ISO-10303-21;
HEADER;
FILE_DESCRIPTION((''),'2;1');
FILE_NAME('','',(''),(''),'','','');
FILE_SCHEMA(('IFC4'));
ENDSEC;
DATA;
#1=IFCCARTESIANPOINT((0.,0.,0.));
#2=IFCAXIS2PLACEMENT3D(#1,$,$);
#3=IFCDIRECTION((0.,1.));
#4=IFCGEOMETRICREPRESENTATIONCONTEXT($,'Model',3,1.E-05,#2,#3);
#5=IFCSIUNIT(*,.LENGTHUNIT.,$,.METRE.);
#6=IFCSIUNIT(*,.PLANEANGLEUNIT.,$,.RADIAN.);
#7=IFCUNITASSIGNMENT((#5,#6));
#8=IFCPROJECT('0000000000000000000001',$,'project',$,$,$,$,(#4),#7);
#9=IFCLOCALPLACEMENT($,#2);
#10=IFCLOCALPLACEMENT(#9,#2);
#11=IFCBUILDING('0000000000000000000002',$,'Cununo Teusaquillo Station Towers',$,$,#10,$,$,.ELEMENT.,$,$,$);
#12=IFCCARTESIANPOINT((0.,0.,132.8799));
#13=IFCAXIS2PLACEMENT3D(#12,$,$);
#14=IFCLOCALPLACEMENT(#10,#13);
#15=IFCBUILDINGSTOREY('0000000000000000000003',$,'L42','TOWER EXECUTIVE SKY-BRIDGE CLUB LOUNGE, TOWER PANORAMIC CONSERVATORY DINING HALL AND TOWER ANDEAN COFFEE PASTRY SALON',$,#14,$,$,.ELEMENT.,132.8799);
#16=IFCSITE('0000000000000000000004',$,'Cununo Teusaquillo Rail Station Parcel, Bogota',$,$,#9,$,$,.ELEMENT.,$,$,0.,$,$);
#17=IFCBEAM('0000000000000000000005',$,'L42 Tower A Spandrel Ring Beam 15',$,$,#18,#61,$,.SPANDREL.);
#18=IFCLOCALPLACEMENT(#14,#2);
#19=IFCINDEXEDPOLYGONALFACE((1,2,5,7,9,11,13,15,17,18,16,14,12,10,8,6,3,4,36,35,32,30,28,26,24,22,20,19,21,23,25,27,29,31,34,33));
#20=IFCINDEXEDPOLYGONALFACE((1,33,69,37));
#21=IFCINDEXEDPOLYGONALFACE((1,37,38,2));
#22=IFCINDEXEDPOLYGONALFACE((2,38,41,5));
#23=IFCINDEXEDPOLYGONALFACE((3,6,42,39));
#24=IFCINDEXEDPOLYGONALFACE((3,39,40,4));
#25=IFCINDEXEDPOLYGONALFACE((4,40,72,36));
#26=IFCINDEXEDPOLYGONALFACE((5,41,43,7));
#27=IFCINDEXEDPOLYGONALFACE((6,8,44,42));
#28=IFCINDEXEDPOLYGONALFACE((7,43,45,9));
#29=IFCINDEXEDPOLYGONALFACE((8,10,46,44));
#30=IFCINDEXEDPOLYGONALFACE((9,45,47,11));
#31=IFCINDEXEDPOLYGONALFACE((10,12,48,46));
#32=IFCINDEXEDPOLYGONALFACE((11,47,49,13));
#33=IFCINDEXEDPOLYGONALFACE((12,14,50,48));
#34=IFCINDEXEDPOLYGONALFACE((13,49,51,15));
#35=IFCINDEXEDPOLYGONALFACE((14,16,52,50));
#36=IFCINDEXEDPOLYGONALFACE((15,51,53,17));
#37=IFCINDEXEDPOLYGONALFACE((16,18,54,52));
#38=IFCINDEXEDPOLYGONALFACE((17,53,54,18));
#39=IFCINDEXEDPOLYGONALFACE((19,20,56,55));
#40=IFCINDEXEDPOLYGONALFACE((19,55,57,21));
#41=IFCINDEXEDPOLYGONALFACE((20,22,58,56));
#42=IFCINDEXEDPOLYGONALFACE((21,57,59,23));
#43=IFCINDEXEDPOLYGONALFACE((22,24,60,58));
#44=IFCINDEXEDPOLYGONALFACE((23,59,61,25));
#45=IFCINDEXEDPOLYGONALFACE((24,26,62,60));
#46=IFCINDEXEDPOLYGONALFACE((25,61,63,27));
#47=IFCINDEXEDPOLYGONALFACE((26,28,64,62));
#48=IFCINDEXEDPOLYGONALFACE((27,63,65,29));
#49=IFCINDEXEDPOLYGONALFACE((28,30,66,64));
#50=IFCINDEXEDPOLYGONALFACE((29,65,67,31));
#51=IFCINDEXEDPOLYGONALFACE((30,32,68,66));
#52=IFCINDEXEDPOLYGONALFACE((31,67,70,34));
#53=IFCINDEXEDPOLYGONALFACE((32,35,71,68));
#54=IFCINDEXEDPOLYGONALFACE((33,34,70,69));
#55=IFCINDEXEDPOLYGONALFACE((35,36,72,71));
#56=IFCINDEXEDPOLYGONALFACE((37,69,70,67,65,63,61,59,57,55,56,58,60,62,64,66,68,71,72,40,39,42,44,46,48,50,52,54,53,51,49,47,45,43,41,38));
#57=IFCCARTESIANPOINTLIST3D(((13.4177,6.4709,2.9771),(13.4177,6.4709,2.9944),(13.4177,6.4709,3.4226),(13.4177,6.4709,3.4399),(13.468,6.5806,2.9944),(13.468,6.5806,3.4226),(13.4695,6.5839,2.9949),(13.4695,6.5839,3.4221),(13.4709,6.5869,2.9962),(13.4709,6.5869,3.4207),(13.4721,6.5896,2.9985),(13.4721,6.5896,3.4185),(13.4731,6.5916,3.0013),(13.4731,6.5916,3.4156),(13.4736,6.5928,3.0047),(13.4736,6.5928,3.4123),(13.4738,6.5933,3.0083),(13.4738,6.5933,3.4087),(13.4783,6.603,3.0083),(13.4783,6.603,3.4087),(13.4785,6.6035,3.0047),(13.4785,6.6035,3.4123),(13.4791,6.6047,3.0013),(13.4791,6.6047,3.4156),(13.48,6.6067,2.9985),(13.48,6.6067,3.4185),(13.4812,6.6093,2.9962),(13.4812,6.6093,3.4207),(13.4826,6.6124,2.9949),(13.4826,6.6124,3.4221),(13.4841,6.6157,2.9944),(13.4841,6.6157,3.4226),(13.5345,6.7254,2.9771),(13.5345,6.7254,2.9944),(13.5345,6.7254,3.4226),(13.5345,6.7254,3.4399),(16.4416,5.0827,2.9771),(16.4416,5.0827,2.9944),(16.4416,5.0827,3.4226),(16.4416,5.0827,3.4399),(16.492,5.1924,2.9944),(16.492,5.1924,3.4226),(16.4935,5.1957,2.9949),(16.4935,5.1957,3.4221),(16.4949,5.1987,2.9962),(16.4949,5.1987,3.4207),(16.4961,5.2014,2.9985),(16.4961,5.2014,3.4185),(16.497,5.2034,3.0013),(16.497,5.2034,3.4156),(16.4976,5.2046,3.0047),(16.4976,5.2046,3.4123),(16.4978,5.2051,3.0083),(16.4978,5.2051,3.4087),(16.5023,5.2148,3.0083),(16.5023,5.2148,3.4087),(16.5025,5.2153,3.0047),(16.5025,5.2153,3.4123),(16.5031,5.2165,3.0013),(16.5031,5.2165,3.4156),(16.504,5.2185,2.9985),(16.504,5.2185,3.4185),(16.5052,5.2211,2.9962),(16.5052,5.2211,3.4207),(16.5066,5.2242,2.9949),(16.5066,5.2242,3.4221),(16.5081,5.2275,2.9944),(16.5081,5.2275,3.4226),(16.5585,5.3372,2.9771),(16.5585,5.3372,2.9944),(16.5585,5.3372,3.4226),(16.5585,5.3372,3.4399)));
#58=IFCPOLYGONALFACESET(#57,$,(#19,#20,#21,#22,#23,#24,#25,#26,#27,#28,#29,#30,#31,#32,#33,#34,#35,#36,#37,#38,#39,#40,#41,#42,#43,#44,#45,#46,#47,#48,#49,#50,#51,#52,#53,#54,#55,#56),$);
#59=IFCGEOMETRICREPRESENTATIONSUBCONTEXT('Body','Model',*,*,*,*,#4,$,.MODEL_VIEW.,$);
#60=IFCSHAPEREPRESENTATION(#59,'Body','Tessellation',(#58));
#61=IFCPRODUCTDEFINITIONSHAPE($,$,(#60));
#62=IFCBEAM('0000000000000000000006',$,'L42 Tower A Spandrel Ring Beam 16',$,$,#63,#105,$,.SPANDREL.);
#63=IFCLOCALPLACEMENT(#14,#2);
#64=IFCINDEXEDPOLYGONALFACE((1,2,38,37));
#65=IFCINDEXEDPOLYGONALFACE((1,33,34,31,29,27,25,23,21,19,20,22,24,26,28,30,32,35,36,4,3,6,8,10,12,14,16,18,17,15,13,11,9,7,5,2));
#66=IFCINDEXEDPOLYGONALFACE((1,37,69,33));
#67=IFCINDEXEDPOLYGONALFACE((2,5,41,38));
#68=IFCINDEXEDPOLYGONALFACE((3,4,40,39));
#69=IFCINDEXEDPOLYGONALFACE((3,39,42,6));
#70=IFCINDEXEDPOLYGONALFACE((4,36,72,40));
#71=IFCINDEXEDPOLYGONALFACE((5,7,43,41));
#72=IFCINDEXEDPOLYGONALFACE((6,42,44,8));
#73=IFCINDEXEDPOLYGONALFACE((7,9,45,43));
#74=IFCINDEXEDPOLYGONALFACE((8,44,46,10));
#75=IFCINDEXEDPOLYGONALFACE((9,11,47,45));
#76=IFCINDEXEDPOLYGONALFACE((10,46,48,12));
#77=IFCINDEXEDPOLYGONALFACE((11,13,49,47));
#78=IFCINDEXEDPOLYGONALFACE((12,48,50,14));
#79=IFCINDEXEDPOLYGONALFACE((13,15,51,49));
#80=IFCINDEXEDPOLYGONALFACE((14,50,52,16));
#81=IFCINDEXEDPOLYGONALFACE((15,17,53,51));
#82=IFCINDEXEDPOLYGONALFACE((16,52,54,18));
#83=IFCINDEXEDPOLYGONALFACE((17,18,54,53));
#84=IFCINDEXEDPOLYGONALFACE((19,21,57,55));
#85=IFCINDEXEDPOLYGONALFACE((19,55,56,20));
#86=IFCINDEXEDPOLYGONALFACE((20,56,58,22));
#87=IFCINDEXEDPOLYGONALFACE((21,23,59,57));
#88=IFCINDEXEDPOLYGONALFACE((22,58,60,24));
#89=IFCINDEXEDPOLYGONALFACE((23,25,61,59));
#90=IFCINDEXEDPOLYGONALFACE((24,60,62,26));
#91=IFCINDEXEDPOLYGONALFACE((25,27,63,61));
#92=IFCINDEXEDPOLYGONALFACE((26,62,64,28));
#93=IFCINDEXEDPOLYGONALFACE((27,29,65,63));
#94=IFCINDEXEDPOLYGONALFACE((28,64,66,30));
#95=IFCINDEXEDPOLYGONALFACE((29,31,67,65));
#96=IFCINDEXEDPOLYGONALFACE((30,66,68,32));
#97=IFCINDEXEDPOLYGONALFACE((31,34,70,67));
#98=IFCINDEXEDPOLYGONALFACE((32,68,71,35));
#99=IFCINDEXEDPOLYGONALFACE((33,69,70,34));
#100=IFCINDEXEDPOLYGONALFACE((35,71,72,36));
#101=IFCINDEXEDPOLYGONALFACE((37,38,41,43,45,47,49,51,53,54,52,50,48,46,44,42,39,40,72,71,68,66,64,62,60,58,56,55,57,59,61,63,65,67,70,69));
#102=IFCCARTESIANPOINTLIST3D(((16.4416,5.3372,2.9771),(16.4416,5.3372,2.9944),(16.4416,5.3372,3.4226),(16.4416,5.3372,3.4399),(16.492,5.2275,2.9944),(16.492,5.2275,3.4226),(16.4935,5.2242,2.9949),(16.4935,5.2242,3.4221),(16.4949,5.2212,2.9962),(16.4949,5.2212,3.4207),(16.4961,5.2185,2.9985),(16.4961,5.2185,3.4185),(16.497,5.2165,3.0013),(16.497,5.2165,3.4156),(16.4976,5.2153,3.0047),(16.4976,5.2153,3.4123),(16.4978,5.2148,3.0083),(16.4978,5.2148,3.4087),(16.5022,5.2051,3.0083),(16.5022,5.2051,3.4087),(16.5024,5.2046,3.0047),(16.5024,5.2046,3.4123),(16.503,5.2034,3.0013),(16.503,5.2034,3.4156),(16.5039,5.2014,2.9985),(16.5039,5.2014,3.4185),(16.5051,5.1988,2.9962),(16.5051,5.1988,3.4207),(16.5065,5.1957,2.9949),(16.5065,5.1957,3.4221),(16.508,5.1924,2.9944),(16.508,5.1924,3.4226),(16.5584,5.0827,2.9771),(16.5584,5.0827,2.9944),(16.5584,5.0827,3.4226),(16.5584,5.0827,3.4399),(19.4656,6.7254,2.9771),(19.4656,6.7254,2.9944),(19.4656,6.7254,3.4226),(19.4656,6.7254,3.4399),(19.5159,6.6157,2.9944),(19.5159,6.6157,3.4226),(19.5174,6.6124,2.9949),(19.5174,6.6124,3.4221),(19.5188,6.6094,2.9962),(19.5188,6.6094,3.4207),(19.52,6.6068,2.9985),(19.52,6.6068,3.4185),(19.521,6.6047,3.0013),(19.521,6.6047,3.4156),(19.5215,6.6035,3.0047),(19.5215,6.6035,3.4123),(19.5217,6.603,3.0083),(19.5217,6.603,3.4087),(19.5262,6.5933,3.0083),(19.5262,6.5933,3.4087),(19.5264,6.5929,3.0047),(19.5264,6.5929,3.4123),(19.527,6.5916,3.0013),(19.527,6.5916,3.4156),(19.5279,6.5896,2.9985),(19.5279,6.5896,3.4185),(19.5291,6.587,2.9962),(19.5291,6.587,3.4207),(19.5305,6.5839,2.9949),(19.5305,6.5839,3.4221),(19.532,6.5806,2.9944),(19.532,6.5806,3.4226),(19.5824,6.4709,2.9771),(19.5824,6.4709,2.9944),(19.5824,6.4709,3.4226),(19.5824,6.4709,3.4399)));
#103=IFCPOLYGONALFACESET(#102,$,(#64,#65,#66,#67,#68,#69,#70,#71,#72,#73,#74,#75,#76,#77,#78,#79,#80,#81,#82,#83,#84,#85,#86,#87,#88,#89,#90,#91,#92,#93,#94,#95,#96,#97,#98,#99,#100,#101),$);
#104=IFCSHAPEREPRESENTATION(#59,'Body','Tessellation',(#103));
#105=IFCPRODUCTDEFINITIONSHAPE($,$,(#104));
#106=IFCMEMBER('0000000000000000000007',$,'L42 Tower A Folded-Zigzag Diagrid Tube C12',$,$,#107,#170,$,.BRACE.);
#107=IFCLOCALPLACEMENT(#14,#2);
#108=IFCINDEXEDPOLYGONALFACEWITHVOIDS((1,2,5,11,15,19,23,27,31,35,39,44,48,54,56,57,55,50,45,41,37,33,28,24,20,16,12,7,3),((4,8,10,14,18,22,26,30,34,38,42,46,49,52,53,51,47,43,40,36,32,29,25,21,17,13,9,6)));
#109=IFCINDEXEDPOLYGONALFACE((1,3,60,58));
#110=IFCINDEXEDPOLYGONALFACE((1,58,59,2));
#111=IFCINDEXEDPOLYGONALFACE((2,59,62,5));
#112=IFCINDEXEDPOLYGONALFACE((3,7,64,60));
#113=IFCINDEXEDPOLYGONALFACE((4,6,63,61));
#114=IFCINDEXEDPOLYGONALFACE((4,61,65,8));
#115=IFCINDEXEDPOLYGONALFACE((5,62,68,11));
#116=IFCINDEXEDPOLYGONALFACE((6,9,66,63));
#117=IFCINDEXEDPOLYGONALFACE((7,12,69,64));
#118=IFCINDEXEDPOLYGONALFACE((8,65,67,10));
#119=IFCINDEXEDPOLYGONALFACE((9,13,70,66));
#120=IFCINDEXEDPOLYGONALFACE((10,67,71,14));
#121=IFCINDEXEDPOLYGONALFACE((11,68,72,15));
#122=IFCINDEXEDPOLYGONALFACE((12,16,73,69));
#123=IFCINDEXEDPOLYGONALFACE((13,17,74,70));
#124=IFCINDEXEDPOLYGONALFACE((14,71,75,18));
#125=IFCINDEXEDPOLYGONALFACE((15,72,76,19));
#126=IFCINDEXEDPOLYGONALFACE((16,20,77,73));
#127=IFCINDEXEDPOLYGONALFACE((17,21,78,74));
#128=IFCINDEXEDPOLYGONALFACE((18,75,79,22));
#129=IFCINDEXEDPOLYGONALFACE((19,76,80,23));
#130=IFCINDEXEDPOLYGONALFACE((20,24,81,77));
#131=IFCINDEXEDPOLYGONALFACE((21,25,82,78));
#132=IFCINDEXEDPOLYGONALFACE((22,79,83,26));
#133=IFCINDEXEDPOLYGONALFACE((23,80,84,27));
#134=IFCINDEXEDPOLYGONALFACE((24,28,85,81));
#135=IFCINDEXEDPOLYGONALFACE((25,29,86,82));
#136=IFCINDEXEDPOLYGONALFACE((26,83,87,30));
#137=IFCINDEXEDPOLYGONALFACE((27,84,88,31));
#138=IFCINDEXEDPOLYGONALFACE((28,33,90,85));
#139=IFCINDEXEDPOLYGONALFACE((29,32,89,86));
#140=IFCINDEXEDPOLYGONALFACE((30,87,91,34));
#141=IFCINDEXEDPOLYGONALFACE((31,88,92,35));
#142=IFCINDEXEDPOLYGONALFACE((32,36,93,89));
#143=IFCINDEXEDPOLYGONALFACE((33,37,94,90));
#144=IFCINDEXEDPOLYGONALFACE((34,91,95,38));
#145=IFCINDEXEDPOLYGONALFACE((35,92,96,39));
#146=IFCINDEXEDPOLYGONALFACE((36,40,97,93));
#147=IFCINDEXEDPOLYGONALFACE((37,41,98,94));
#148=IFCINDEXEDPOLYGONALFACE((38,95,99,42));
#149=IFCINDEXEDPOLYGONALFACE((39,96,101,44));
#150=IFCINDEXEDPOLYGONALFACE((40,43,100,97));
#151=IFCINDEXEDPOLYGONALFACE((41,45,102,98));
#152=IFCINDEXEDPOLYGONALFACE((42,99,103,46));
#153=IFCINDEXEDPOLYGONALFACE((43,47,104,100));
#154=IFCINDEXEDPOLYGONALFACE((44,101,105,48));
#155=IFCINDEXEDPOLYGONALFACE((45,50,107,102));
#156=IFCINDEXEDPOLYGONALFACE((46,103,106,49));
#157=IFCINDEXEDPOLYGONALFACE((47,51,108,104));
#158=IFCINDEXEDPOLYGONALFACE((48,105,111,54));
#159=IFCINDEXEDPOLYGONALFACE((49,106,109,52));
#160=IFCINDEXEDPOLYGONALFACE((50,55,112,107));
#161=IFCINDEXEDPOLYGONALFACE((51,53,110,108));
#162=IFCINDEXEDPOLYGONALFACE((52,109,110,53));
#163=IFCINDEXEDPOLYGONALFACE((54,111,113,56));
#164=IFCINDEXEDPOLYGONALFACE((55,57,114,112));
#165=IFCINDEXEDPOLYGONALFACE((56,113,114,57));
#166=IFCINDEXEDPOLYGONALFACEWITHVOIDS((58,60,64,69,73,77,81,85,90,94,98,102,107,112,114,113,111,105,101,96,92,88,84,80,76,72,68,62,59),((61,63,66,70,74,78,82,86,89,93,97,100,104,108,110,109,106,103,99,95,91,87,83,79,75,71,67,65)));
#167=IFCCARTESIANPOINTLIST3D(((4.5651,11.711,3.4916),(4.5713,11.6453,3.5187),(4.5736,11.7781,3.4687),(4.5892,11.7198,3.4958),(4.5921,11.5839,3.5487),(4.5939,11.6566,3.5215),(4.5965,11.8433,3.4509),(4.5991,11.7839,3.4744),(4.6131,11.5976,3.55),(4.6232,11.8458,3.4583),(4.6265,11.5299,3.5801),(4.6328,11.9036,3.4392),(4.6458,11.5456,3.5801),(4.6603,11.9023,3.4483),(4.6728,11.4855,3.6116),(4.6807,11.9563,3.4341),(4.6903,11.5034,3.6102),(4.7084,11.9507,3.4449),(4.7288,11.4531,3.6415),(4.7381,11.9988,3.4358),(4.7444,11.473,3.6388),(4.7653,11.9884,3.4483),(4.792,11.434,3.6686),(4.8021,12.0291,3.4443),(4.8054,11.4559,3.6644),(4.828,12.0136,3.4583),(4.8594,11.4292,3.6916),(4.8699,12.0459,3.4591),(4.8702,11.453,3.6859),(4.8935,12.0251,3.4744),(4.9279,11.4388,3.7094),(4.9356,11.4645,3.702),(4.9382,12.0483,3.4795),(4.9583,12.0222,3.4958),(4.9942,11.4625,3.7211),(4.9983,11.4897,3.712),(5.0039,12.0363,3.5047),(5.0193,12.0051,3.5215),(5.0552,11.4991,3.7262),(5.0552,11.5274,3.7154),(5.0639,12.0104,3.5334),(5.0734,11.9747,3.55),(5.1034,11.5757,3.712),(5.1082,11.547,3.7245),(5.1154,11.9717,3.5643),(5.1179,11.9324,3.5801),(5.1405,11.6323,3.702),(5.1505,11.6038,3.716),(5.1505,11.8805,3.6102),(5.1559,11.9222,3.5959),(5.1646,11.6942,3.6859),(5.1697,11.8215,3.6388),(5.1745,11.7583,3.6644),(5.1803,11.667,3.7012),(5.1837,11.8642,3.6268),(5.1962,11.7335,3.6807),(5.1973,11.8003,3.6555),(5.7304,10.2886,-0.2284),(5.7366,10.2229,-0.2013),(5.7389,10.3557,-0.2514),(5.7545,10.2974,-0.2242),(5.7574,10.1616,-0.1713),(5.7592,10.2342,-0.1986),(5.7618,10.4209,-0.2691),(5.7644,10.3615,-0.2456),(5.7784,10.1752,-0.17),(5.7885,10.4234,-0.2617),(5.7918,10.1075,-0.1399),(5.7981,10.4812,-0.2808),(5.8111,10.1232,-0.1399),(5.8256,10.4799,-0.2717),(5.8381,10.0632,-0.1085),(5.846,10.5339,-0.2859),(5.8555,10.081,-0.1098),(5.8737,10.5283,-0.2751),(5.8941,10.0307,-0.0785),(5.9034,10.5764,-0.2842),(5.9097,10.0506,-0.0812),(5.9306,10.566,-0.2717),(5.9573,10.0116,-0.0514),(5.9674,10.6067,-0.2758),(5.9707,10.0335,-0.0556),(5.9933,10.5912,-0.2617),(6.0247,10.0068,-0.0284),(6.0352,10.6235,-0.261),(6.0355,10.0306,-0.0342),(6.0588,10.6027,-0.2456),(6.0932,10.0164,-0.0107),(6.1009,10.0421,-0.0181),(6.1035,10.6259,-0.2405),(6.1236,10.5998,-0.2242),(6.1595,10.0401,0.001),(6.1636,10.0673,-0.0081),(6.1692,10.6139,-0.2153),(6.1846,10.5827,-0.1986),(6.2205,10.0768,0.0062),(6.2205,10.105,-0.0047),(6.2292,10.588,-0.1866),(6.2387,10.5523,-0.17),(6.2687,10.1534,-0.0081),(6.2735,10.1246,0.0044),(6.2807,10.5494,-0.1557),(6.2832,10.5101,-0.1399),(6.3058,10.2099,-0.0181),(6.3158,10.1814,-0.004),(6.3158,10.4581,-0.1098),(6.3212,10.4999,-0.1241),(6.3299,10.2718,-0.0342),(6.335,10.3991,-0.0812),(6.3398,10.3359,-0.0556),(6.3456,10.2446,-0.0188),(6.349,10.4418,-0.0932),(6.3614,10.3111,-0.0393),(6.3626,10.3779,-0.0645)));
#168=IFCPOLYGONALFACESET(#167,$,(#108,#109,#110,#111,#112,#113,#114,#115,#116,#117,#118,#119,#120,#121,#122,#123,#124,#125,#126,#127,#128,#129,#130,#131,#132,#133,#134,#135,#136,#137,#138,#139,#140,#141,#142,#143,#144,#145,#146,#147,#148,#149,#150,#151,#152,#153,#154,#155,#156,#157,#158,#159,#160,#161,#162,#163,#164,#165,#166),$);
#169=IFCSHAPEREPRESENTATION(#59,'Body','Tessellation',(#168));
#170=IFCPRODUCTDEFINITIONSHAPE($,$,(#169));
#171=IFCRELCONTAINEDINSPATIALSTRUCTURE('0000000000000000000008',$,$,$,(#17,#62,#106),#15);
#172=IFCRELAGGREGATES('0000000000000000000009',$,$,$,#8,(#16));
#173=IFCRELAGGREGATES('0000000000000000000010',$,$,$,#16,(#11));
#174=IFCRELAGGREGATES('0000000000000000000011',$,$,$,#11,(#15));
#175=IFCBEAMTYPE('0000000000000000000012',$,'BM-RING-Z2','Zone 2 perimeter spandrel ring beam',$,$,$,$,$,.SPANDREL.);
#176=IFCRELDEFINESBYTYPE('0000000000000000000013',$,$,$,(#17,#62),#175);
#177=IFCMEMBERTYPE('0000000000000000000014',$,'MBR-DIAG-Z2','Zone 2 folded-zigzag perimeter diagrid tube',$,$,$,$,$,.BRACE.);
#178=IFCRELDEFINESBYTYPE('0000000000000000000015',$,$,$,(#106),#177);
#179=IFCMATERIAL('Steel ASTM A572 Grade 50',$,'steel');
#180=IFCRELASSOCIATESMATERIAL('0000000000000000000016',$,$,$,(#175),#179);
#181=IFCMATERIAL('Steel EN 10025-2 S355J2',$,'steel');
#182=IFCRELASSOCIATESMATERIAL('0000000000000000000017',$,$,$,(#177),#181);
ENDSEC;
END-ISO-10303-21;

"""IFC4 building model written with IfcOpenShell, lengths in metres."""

from ifc_helpers import new_model, si_unit, direction, frame, origin, origin_2d, place, context, subcontext, project, spatial, hollow_circle, i_section, extrude, material, material_profile, profile_set, type_object, element, save


model = new_model("IFC4")

# Units and contexts
model_context = context("Model", 3, precision=1e-05, world=origin(), true_north=direction((0.0, 1.0)))
body_context = subcontext(model_context, "Body", "Model", "MODEL_VIEW")
ifc_project = project(units=[si_unit("LENGTHUNIT", "METRE"), si_unit("PLANEANGLEUNIT", "RADIAN")], contexts=[model_context])

# Site, building, storey
site_placement = place(None, origin())
site = spatial("IfcSite", under=ifc_project, at=site_placement, Name="Cununo Teusaquillo Rail Station Parcel, Bogota", CompositionType="ELEMENT", RefElevation=0.0)
building_placement = place(site_placement, origin())
building = spatial("IfcBuilding", under=site, at=building_placement, Name="Cununo Teusaquillo Station Towers", CompositionType="ELEMENT")
storey_placement = place(building_placement, frame((0.0, 0.0, 132.8799)))
storey = spatial("IfcBuildingStorey", under=building, at=storey_placement, Name="L42", Description="TOWER EXECUTIVE SKY-BRIDGE CLUB LOUNGE, TOWER PANORAMIC CONSERVATORY DINING HALL AND TOWER ANDEAN COFFEE PASTRY SALON", CompositionType="ELEMENT", Elevation=132.8799)

# Beams
ifc_material_1 = material(Name="Steel ASTM A572 Grade 50", Category="steel")
ifc_material_profile_1 = material_profile(ifc_material_1, i_section(OverallWidth=0.28, OverallDepth=0.4629, WebThickness=0.0107, FlangeThickness=0.0173, FilletRadius=0.0139, at=origin_2d()), Name="W18X76")
ifc_profile_set_1 = profile_set([ifc_material_profile_1], Name="Steel ASTM A572 Grade 50")
beam_type = type_object("IfcBeamType", Name="BM-RING-Z2", Description="Zone 2 perimeter spandrel ring beam", PredefinedType="SPANDREL", material=ifc_profile_set_1)
for number, where, z_axis, x_axis, name in (
    (1, (13.4761, 6.5981, 3.2085), (0.908812, -0.417205, 0.0), (0.417205, 0.908812, 0.0), "L42 Tower A Spandrel Ring Beam 15"),
    (2, (16.5, 5.21, 3.2085), (0.908812, 0.417205, 0.0), (-0.417205, 0.908812, 0.0), "L42 Tower A Spandrel Ring Beam 16"),
):
    element("IfcBeam", number, at=place(storey_placement, frame(where, z_axis=z_axis, x_axis=x_axis)), inside=storey, type_object=beam_type, Name=name, PredefinedType="SPANDREL", context=body_context, shape_type="SweptSolid", body=[
        extrude(i_section(OverallWidth=0.28, OverallDepth=0.4629, WebThickness=0.0107, FlangeThickness=0.0173, FilletRadius=0.0139, at=origin_2d()), origin(), (0.0, 0.0, 1.0), 3.3274),
    ])

# Member
ifc_material_2 = material(Name="Steel EN 10025-2 S355J2", Category="steel")
ifc_material_profile_2 = material_profile(ifc_material_2, hollow_circle(Radius=0.3301, WallThickness=0.0249, at=origin_2d()), Name="CHS 660x25")
ifc_profile_set_2 = profile_set([ifc_material_profile_2], Name="Steel EN 10025-2 S355J2")
member_type = type_object("IfcMemberType", Name="MBR-DIAG-Z2", Description="Zone 2 folded-zigzag perimeter diagrid tube", PredefinedType="BRACE", material=ifc_profile_set_2)
member_placement = place(storey_placement, frame((6.0471, 10.3167, -0.1399), z_axis=(-0.280818, 0.342771, 0.896465), x_axis=(-0.773549, -0.633737, 0.0)))
element("IfcMember", 3, at=member_placement, inside=storey, type_object=member_type, Name="L42 Tower A Folded-Zigzag Diagrid Tube C12", PredefinedType="BRACE", context=body_context, shape_type="SweptSolid", body=[
    extrude(hollow_circle(Radius=0.3301, WallThickness=0.0249, at=origin_2d()), origin(), (0.0, 0.0, 1.0), 4.1497),
])

save(model, "model.ifc")
